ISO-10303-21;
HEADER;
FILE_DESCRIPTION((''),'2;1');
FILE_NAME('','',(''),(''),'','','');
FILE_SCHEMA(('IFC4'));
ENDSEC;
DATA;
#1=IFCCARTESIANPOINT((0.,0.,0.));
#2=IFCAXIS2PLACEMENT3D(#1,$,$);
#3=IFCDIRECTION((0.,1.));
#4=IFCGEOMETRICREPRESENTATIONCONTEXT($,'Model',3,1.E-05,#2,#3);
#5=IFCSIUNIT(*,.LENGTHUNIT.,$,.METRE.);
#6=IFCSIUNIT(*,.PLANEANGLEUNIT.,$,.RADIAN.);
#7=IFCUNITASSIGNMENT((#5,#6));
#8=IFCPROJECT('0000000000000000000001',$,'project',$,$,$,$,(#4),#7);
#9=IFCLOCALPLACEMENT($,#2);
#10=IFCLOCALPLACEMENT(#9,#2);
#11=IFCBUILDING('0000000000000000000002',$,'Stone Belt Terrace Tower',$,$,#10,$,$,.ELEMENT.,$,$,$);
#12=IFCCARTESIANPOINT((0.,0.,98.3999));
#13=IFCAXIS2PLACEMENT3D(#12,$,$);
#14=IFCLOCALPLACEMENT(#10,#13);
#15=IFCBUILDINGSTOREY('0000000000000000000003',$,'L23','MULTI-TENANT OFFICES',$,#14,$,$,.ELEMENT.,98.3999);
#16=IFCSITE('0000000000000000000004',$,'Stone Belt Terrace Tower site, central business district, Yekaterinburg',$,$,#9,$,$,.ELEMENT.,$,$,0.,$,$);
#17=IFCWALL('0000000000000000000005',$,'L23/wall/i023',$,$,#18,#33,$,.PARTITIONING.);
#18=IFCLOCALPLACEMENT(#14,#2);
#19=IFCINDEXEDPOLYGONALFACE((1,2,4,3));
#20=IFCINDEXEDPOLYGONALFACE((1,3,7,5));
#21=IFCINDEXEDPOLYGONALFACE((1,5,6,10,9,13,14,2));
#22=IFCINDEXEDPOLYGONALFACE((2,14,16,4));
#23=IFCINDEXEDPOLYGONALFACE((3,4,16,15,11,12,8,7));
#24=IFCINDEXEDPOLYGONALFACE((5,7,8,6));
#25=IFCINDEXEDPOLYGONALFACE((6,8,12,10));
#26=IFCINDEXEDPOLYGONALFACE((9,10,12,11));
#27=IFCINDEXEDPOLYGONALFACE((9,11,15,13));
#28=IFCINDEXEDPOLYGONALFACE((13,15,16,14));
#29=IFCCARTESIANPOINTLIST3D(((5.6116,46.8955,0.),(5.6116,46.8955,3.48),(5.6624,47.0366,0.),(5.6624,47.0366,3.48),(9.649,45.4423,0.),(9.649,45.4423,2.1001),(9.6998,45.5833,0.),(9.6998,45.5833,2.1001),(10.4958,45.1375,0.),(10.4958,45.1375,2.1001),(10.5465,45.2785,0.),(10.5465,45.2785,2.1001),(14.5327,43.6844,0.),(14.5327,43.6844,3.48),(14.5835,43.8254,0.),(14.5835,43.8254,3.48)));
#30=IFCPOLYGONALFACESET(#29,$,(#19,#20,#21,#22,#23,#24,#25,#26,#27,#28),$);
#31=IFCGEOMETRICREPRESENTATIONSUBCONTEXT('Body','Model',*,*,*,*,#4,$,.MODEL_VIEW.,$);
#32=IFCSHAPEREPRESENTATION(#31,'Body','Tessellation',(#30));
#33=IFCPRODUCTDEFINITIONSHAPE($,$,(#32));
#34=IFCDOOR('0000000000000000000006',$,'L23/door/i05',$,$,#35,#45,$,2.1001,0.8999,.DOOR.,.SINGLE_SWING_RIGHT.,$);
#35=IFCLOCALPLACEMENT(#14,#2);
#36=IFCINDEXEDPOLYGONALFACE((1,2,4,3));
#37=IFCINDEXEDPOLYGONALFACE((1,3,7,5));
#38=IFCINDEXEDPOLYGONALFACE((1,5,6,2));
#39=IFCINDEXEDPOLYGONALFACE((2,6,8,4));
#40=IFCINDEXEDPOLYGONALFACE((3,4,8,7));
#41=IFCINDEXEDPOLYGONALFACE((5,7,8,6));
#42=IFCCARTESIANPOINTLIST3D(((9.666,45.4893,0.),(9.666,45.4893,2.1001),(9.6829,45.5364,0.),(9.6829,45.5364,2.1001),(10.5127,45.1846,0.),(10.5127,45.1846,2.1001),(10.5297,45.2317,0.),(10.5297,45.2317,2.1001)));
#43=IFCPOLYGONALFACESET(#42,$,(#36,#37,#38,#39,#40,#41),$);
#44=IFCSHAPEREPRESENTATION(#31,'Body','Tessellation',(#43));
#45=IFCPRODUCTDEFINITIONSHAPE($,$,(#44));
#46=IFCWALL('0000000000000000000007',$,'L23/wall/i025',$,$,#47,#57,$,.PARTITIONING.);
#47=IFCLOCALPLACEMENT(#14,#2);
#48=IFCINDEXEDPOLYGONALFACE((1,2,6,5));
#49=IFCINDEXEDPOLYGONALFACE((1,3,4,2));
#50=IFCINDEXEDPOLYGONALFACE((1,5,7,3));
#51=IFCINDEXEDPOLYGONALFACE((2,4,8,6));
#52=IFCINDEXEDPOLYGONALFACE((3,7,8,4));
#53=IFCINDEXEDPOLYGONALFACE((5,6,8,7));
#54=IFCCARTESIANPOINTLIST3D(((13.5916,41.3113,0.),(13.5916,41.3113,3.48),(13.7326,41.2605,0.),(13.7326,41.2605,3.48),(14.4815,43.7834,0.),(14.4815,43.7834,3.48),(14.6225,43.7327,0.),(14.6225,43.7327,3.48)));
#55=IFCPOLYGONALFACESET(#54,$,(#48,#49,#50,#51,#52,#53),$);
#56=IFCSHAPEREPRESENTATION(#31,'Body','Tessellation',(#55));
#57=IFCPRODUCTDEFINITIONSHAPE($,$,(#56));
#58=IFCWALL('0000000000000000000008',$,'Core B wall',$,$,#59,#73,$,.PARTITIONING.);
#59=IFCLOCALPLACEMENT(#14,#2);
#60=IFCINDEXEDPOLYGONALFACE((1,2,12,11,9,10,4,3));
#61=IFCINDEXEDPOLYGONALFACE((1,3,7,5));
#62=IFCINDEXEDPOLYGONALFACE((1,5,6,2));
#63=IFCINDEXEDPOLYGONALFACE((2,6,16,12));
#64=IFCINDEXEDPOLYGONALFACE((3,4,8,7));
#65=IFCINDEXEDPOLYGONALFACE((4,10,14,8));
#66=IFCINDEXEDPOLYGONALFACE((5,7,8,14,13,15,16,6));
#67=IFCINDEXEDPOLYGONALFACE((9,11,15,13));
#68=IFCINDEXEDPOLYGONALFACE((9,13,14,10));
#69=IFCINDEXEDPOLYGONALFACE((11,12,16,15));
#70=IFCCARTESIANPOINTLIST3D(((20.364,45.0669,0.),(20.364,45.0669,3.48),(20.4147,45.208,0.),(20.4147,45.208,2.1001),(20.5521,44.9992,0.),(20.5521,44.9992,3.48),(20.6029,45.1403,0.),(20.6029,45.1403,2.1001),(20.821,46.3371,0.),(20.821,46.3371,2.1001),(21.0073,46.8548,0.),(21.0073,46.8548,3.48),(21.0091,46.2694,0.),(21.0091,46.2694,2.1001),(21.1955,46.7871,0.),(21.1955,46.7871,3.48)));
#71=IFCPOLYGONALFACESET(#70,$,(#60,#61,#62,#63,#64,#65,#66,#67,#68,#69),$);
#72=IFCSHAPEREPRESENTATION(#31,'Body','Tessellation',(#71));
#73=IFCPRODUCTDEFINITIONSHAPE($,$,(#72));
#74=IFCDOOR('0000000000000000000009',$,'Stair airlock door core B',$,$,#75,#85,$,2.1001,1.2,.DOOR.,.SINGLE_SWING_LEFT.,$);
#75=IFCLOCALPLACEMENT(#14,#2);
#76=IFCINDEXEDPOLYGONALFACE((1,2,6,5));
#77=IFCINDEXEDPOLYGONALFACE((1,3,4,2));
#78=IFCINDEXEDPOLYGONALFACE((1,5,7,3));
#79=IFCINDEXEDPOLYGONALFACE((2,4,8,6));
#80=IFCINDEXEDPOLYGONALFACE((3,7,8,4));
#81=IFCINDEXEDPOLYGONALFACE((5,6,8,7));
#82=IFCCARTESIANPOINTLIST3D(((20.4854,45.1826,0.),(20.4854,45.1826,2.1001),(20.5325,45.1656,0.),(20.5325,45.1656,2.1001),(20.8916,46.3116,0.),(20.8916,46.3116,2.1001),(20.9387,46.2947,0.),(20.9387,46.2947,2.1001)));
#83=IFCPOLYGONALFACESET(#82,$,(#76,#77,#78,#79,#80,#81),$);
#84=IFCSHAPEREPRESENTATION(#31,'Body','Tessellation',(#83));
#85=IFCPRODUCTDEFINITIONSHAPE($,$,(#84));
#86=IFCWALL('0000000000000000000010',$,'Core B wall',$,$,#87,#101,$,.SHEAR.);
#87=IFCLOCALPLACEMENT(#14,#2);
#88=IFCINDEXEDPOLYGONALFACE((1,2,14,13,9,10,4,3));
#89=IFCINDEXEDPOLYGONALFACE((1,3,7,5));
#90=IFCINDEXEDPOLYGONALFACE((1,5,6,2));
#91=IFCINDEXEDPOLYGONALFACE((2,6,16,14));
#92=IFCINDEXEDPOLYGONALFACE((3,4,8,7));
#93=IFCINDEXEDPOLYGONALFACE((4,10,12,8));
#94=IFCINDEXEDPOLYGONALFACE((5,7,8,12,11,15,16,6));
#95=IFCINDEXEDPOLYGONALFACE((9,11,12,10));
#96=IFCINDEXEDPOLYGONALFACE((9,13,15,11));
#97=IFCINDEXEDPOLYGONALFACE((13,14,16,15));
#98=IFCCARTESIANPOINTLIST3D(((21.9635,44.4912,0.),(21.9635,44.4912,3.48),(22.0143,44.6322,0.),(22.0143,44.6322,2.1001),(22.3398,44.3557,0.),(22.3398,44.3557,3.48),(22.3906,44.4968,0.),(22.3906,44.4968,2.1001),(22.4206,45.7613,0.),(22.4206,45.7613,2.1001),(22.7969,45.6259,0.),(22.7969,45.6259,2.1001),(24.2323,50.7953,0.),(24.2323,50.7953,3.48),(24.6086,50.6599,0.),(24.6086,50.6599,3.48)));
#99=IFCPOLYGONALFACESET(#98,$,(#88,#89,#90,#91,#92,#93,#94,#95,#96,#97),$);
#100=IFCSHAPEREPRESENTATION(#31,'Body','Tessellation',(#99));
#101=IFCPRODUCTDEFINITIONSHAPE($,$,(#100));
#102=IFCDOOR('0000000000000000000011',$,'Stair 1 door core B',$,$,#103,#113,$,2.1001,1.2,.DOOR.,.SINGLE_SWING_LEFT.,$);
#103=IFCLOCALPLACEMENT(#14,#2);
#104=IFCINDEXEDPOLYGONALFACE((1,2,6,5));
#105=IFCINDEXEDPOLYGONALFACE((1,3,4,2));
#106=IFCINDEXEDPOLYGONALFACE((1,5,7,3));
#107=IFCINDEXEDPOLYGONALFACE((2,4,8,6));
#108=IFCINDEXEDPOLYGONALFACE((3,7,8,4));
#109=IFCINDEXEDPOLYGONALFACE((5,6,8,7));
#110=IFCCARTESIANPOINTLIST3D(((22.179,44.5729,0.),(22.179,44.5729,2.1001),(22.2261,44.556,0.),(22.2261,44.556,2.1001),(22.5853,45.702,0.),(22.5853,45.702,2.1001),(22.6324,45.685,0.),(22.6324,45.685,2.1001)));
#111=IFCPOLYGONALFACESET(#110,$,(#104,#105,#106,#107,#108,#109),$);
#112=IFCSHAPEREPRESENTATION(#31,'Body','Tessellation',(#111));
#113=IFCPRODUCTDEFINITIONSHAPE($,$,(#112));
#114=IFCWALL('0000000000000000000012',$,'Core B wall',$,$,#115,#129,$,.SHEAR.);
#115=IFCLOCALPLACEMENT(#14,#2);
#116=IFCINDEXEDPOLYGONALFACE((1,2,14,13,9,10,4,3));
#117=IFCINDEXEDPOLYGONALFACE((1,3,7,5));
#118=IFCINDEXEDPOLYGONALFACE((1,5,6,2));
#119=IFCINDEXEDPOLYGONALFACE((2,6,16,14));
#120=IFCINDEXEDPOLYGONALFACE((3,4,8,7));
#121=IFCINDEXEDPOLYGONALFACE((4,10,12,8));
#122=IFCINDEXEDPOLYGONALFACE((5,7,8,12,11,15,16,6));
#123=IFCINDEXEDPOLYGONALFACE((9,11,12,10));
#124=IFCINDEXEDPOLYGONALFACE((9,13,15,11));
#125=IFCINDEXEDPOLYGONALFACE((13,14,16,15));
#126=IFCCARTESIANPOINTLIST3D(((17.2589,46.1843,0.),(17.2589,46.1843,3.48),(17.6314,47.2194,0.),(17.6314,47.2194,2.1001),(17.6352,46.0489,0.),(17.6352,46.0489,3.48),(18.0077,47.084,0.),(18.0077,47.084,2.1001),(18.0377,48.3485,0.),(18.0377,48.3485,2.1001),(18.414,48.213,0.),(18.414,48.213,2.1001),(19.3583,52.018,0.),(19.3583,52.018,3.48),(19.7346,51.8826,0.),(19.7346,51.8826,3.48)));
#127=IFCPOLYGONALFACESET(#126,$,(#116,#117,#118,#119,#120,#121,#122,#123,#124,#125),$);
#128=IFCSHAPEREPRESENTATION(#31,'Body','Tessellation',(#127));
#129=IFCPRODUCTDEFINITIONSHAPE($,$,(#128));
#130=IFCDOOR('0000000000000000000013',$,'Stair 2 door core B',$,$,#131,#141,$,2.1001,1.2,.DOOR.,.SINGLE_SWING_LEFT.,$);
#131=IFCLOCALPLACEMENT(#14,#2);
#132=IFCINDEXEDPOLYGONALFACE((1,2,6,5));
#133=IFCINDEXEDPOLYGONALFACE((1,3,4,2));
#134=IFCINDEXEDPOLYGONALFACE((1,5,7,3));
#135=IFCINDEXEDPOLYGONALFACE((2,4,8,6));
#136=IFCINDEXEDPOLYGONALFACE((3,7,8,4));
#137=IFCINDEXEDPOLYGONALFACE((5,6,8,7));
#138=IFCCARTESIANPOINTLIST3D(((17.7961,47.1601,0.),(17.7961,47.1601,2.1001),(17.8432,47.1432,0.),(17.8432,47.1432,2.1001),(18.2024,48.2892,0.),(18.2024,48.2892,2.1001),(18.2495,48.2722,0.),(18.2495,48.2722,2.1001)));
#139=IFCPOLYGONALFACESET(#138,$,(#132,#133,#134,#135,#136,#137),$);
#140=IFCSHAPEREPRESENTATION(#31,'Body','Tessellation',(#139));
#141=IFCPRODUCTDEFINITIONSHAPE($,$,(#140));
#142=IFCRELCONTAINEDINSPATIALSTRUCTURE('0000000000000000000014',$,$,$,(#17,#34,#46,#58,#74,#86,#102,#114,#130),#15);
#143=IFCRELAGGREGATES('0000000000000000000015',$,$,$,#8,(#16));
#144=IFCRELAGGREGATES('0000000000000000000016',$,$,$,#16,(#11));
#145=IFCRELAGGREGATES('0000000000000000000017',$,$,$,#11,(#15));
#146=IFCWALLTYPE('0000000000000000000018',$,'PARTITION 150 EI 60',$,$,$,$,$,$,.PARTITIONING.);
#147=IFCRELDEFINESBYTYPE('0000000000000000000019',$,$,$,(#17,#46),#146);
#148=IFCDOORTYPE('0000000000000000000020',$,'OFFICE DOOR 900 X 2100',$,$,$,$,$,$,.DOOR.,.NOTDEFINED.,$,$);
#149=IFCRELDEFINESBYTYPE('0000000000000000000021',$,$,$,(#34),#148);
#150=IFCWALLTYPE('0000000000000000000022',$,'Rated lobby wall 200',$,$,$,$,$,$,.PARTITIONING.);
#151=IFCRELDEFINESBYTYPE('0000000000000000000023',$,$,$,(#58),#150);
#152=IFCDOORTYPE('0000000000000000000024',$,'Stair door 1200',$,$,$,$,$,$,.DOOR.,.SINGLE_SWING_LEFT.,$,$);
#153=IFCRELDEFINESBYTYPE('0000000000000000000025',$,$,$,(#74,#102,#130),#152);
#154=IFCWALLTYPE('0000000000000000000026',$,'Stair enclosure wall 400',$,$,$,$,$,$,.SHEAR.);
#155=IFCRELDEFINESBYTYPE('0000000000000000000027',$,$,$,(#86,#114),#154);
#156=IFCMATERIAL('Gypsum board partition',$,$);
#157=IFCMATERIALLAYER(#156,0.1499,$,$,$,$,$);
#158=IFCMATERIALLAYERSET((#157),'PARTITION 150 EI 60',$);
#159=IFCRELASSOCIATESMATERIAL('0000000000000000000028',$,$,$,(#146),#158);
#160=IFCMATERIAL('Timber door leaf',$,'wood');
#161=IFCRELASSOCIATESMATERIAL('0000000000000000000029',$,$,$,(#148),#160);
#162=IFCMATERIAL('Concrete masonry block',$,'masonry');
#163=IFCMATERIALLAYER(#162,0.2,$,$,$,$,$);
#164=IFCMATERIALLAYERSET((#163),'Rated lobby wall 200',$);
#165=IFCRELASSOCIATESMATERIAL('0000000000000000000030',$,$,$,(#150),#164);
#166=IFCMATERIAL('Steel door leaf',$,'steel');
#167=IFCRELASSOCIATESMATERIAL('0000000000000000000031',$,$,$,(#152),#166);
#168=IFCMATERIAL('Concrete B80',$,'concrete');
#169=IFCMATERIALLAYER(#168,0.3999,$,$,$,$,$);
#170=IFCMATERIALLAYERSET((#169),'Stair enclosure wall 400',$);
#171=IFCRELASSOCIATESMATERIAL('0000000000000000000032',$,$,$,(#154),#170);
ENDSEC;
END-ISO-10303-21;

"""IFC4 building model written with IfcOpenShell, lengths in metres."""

from ifc_helpers import new_model, si_unit, direction, frame, frame_2d, origin, place, context, subcontext, project, spatial, rectangle, extrude, material, layer, layer_set, type_object, element, fill, save


model = new_model("IFC4")

# Units and contexts
model_context = context("Model", 3, precision=1e-05, world=origin(), true_north=direction((0.0, 1.0)))
body_context = subcontext(model_context, "Body", "Model", "MODEL_VIEW")
ifc_project = project(units=[si_unit("LENGTHUNIT", "METRE"), si_unit("PLANEANGLEUNIT", "RADIAN")], contexts=[model_context])

# Site, building, storey
site_placement = place(None, origin())
site = spatial("IfcSite", under=ifc_project, at=site_placement, Name="Stone Belt Terrace Tower site, central business district, Yekaterinburg", CompositionType="ELEMENT", RefElevation=0.0)
building_placement = place(site_placement, origin())
building = spatial("IfcBuilding", under=site, at=building_placement, Name="Stone Belt Terrace Tower", CompositionType="ELEMENT")
storey_placement = place(building_placement, frame((0.0, 0.0, 98.3999)))
storey = spatial("IfcBuildingStorey", under=building, at=storey_placement, Name="L23", Description="MULTI-TENANT OFFICES", CompositionType="ELEMENT", Elevation=98.3999)

# Shared definitions
ifc_material_1 = material(Name="Concrete B80", Category="concrete")

# Wall, opening, door
ifc_material_2 = material(Name="Gypsum board partition")
ifc_layer_1 = layer(ifc_material_2, 0.1499)
ifc_layer_set_1 = layer_set([ifc_layer_1], Name="PARTITION 150 EI 60")
wall_type_1 = type_object("IfcWallType", Name="PARTITION 150 EI 60", PredefinedType="PARTITIONING", material=ifc_layer_set_1)
wall_1_placement = place(storey_placement, frame((14.5581, 43.7549, 0.0), z_axis=(0.0, 0.0, 1.0), x_axis=(-0.940902, 0.338679, 0.0)))
wall_1 = element("IfcWall", 1, at=wall_1_placement, inside=storey, type_object=wall_type_1, Name="L23/wall/i023", PredefinedType="PARTITIONING", context=body_context, shape_type="SweptSolid", body=[
    extrude(rectangle(XDim=9.4814, YDim=0.1499, at=frame_2d((4.7407, 0.0))), origin(), (0.0, 0.0, 1.0), 3.48),
])
opening_1_placement = place(wall_1_placement, frame((4.2905, 0.0, 0.0)))
opening_1 = element("IfcOpeningElement", 2, at=opening_1_placement, cuts=wall_1, PredefinedType="OPENING", context=body_context, shape_type="SweptSolid", body=[
    extrude(rectangle(XDim=0.8999, YDim=2.1001, at=frame_2d((0.45, 1.05))), frame((0.0, 0.085, 0.0), z_axis=(0.0, -1.0, 0.0), x_axis=(1.0, 0.0, 0.0)), (0.0, 0.0, 1.0), 0.1699),
])
ifc_material_3 = material(Name="Timber door leaf", Category="wood")
door_type_1 = type_object("IfcDoorType", Name="OFFICE DOOR 900 X 2100", OperationType="NOTDEFINED", PredefinedType="DOOR", material=ifc_material_3)
door_1_placement = place(opening_1_placement, origin())
door_1 = element("IfcDoor", 3, at=door_1_placement, inside=storey, type_object=door_type_1, Name="L23/door/i05", OperationType="SINGLE_SWING_RIGHT", OverallHeight=2.1001, OverallWidth=0.8999, PredefinedType="DOOR", context=body_context, shape_type="SweptSolid", body=[
    extrude(rectangle(XDim=0.8999, YDim=2.1001, at=frame_2d((0.45, 1.05))), frame((0.0, 0.0249, 0.0), z_axis=(0.0, -1.0, 0.0), x_axis=(1.0, 0.0, 0.0)), (0.0, 0.0, 1.0), 0.05),
])
fill(opening_1, door_1)

# Wall
wall_2_placement = place(storey_placement, frame((14.552, 43.7581, 0.0), z_axis=(0.0, 0.0, 1.0), x_axis=(-0.33869, -0.940898, 0.0)))
element("IfcWall", 4, at=wall_2_placement, inside=storey, type_object=wall_type_1, Name="L23/wall/i025", PredefinedType="PARTITIONING", context=body_context, shape_type="SweptSolid", body=[
    extrude(rectangle(XDim=2.6274, YDim=0.1499, at=frame_2d((1.3137, 0.0))), origin(), (0.0, 0.0, 1.0), 3.48),
])

# Walls, openings, doors
ifc_material_4 = material(Name="Concrete masonry block", Category="masonry")
ifc_layer_2 = layer(ifc_material_4, 0.2)
ifc_layer_set_2 = layer_set([ifc_layer_2], Name="Rated lobby wall 200")
wall_type_2 = type_object("IfcWallType", Name="Rated lobby wall 200", PredefinedType="PARTITIONING", material=ifc_layer_set_2)
wall_3_placement = place(storey_placement, frame((20.458, 45.033, 0.0), z_axis=(0.0, 0.0, 1.0), x_axis=(0.338574, 0.94094, 0.0)))
wall_3 = element("IfcWall", 5, at=wall_3_placement, inside=storey, type_object=wall_type_2, Name="Core B wall", PredefinedType="PARTITIONING", context=body_context, shape_type="SweptSolid", body=[
    extrude(rectangle(XDim=1.9001, YDim=0.2, at=frame_2d((0.9502, 0.0))), origin(), (0.0, 0.0, 1.0), 3.48),
])
opening_2_placement = place(wall_3_placement, frame((0.1499, 0.0, 0.0)))
opening_2 = element("IfcOpeningElement", 6, at=opening_2_placement, cuts=wall_3, PredefinedType="OPENING", context=body_context, shape_type="SweptSolid", body=[
    extrude(rectangle(XDim=1.2, YDim=2.1001, at=frame_2d((0.6001, 1.05))), frame((0.0, 0.1099, 0.0), z_axis=(0.0, -1.0, 0.0), x_axis=(1.0, 0.0, 0.0)), (0.0, 0.0, 1.0), 0.22),
])
ifc_material_5 = material(Name="Steel door leaf", Category="steel")
door_type_2 = type_object("IfcDoorType", Name="Stair door 1200", OperationType="SINGLE_SWING_LEFT", PredefinedType="DOOR", material=ifc_material_5)
door_2_placement = place(opening_2_placement, origin())
door_2 = element("IfcDoor", 7, at=door_2_placement, inside=storey, type_object=door_type_2, Name="Stair airlock door core B", OperationType="SINGLE_SWING_LEFT", OverallHeight=2.1001, OverallWidth=1.2, PredefinedType="DOOR", context=body_context, shape_type="SweptSolid", body=[
    extrude(rectangle(XDim=1.2, YDim=2.1001, at=frame_2d((0.6001, 1.05))), frame((0.0, 0.0249, 0.0), z_axis=(0.0, -1.0, 0.0), x_axis=(1.0, 0.0, 0.0)), (0.0, 0.0, 1.0), 0.05),
])
fill(opening_2, door_2)
ifc_layer_3 = layer(ifc_material_1, 0.3999)
ifc_layer_set_3 = layer_set([ifc_layer_3], Name="Stair enclosure wall 400")
wall_type_3 = type_object("IfcWallType", Name="Stair enclosure wall 400", PredefinedType="SHEAR", material=ifc_layer_set_3)
wall_4_placement = place(storey_placement, frame((22.1516, 44.4233, 0.0), z_axis=(0.0, 0.0, 1.0), x_axis=(0.338625, 0.940921, 0.0)))
wall_4 = element("IfcWall", 8, at=wall_4_placement, inside=storey, type_object=wall_type_3, Name="Core B wall", PredefinedType="SHEAR", context=body_context, shape_type="SweptSolid", body=[
    extrude(rectangle(XDim=6.7, YDim=0.3999, at=frame_2d((3.3501, 0.0))), origin(), (0.0, 0.0, 1.0), 3.48),
])
opening_3_placement = place(wall_4_placement, frame((0.1499, 0.0, 0.0)))
opening_3 = element("IfcOpeningElement", 9, at=opening_3_placement, cuts=wall_4, PredefinedType="OPENING", context=body_context, shape_type="SweptSolid", body=[
    extrude(rectangle(XDim=1.2, YDim=2.1001, at=frame_2d((0.6001, 1.05))), frame((0.0, 0.21, 0.0), z_axis=(0.0, -1.0, 0.0), x_axis=(1.0, 0.0, 0.0)), (0.0, 0.0, 1.0), 0.4199),
])
door_3_placement = place(opening_3_placement, origin())
door_3 = element("IfcDoor", 10, at=door_3_placement, inside=storey, type_object=door_type_2, Name="Stair 1 door core B", OperationType="SINGLE_SWING_LEFT", OverallHeight=2.1001, OverallWidth=1.2, PredefinedType="DOOR", context=body_context, shape_type="SweptSolid", body=[
    extrude(rectangle(XDim=1.2, YDim=2.1001, at=frame_2d((0.6001, 1.05))), frame((0.0, 0.0249, 0.0), z_axis=(0.0, -1.0, 0.0), x_axis=(1.0, 0.0, 0.0)), (0.0, 0.0, 1.0), 0.05),
])
fill(opening_3, door_3)
wall_5_placement = place(storey_placement, frame((17.447, 46.1165, 0.0), z_axis=(0.0, 0.0, 1.0), x_axis=(0.338608, 0.940928, 0.0)))
wall_5 = element("IfcWall", 11, at=wall_5_placement, inside=storey, type_object=wall_type_3, Name="Core B wall", PredefinedType="SHEAR", context=body_context, shape_type="SweptSolid", body=[
    extrude(rectangle(XDim=6.2, YDim=0.3999, at=frame_2d((3.1001, 0.0))), origin(), (0.0, 0.0, 1.0), 3.48),
])
opening_4_placement = place(wall_5_placement, frame((1.1001, 0.0, 0.0)))
opening_4 = element("IfcOpeningElement", 12, at=opening_4_placement, cuts=wall_5, PredefinedType="OPENING", context=body_context, shape_type="SweptSolid", body=[
    extrude(rectangle(XDim=1.2, YDim=2.1001, at=frame_2d((0.6001, 1.05))), frame((0.0, 0.21, 0.0), z_axis=(0.0, -1.0, 0.0), x_axis=(1.0, 0.0, 0.0)), (0.0, 0.0, 1.0), 0.4199),
])
door_4_placement = place(opening_4_placement, origin())
door_4 = element("IfcDoor", 13, at=door_4_placement, inside=storey, type_object=door_type_2, Name="Stair 2 door core B", OperationType="SINGLE_SWING_LEFT", OverallHeight=2.1001, OverallWidth=1.2, PredefinedType="DOOR", context=body_context, shape_type="SweptSolid", body=[
    extrude(rectangle(XDim=1.2, YDim=2.1001, at=frame_2d((0.6001, 1.05))), frame((0.0, 0.0249, 0.0), z_axis=(0.0, -1.0, 0.0), x_axis=(1.0, 0.0, 0.0)), (0.0, 0.0, 1.0), 0.05),
])
fill(opening_4, door_4)

save(model, "model.ifc")
